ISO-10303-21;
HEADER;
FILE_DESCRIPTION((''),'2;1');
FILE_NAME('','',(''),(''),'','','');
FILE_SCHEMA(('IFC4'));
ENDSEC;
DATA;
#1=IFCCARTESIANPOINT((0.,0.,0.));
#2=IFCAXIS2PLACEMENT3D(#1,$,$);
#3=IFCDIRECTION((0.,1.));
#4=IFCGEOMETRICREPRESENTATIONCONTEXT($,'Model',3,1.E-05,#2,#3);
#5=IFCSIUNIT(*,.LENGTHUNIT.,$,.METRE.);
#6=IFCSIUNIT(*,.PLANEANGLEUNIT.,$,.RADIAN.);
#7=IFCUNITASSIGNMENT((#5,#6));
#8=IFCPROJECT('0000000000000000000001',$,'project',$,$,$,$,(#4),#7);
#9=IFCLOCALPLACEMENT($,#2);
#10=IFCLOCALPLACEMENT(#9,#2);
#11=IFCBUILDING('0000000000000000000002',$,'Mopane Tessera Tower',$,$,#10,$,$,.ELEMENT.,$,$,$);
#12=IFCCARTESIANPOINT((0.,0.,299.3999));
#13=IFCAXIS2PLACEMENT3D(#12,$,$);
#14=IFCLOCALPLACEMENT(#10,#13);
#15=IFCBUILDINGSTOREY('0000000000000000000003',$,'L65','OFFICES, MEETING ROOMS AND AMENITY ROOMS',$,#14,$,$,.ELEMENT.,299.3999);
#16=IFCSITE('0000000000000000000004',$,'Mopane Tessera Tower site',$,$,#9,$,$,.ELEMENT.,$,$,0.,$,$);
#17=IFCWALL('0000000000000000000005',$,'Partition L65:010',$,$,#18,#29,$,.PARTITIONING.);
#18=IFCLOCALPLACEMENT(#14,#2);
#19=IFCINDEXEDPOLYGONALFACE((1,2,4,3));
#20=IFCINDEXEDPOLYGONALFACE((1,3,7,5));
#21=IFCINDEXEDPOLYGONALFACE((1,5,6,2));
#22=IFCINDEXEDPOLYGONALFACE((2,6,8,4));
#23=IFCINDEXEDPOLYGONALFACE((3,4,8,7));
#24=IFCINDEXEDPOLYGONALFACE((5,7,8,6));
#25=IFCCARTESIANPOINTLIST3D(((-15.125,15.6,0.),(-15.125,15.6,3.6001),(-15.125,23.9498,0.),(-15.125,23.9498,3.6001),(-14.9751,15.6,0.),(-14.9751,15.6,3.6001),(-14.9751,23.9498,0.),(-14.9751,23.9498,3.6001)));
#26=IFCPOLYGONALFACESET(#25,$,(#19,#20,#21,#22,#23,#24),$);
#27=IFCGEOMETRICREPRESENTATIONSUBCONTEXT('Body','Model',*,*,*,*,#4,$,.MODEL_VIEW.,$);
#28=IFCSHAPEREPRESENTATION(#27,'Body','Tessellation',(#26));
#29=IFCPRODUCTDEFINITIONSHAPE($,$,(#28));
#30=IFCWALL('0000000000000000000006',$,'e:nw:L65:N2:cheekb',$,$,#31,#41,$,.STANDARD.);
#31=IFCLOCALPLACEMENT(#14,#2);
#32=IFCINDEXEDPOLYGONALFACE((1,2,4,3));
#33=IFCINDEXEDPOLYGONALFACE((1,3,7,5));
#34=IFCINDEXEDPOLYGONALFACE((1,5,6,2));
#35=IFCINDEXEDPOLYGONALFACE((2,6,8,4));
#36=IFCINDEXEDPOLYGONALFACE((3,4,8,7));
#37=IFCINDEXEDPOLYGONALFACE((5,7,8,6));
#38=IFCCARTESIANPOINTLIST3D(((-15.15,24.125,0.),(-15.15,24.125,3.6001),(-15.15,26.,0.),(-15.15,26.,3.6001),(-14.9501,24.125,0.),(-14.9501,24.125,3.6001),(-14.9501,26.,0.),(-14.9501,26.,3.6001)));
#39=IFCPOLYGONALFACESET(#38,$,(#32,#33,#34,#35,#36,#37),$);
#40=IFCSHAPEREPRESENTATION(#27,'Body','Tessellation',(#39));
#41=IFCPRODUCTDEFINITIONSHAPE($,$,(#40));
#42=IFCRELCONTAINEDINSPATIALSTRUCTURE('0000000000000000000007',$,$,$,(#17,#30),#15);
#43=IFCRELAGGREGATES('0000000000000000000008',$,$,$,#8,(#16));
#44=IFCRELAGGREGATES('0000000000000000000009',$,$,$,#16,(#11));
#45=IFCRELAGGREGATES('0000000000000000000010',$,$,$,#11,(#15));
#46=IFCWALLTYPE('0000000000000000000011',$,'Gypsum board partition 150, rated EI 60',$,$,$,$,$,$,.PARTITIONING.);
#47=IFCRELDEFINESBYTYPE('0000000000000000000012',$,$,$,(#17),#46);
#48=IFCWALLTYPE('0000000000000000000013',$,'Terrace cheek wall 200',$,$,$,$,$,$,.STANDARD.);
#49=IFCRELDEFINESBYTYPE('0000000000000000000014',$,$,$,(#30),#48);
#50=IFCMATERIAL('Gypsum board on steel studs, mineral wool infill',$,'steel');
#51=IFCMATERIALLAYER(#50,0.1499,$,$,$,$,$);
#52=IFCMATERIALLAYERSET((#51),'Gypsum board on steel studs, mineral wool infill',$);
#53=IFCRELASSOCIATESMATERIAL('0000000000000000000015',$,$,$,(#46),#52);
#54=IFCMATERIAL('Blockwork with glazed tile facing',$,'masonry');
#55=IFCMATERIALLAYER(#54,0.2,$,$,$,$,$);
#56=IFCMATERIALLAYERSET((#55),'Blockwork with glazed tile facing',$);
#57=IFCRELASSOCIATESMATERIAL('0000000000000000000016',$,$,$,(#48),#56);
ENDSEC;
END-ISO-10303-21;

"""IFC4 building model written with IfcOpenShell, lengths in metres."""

from ifc_helpers import new_model, si_unit, direction, frame, frame_2d, origin, place, context, subcontext, project, spatial, rectangle, extrude, material, layer, layer_set, type_object, element, save


model = new_model("IFC4")

# Units and contexts
model_context = context("Model", 3, precision=1e-05, world=origin(), true_north=direction((0.0, 1.0)))
body_context = subcontext(model_context, "Body", "Model", "MODEL_VIEW")
ifc_project = project(units=[si_unit("LENGTHUNIT", "METRE"), si_unit("PLANEANGLEUNIT", "RADIAN")], contexts=[model_context])

# Site, building, storey
site_placement = place(None, origin())
site = spatial("IfcSite", under=ifc_project, at=site_placement, Name="Mopane Tessera Tower site", CompositionType="ELEMENT", RefElevation=0.0)
building_placement = place(site_placement, origin())
building = spatial("IfcBuilding", under=site, at=building_placement, Name="Mopane Tessera Tower", CompositionType="ELEMENT")
storey_placement = place(building_placement, frame((0.0, 0.0, 299.3999)))
storey = spatial("IfcBuildingStorey", under=building, at=storey_placement, Name="L65", Description="OFFICES, MEETING ROOMS AND AMENITY ROOMS", CompositionType="ELEMENT", Elevation=299.3999)

# Walls
ifc_material_1 = material(Name="Gypsum board on steel studs, mineral wool infill", Category="steel")
ifc_layer_1 = layer(ifc_material_1, 0.1499)
ifc_layer_set_1 = layer_set([ifc_layer_1], Name="Gypsum board on steel studs, mineral wool infill")
wall_type_1 = type_object("IfcWallType", Name="Gypsum board partition 150, rated EI 60", PredefinedType="PARTITIONING", material=ifc_layer_set_1)
wall_1_placement = place(storey_placement, frame((-15.05, 15.6001, 0.0), z_axis=(0.0, 0.0, 1.0), x_axis=(0.0, 1.0, 0.0)))
element("IfcWall", 1, at=wall_1_placement, inside=storey, type_object=wall_type_1, Name="Partition L65:010", PredefinedType="PARTITIONING", context=body_context, shape_type="SweptSolid", body=[
    extrude(rectangle(XDim=8.3499, YDim=0.1499, at=frame_2d((4.1748, 0.0))), origin(), (0.0, 0.0, 1.0), 3.6001),
])
ifc_material_2 = material(Name="Blockwork with glazed tile facing", Category="masonry")
ifc_layer_2 = layer(ifc_material_2, 0.2)
ifc_layer_set_2 = layer_set([ifc_layer_2], Name="Blockwork with glazed tile facing")
wall_type_2 = type_object("IfcWallType", Name="Terrace cheek wall 200", PredefinedType="STANDARD", material=ifc_layer_set_2)
wall_2_placement = place(storey_placement, frame((-15.05, 26.0, 0.0), z_axis=(0.0, 0.0, 1.0), x_axis=(0.0, -1.0, 0.0)))
element("IfcWall", 2, at=wall_2_placement, inside=storey, type_object=wall_type_2, Name="e:nw:L65:N2:cheekb", PredefinedType="STANDARD", context=body_context, shape_type="SweptSolid", body=[
    extrude(rectangle(XDim=1.875, YDim=0.2, at=frame_2d((0.9375, 0.0))), origin(), (0.0, 0.0, 1.0), 3.6001),
])

save(model, "model.ifc")
